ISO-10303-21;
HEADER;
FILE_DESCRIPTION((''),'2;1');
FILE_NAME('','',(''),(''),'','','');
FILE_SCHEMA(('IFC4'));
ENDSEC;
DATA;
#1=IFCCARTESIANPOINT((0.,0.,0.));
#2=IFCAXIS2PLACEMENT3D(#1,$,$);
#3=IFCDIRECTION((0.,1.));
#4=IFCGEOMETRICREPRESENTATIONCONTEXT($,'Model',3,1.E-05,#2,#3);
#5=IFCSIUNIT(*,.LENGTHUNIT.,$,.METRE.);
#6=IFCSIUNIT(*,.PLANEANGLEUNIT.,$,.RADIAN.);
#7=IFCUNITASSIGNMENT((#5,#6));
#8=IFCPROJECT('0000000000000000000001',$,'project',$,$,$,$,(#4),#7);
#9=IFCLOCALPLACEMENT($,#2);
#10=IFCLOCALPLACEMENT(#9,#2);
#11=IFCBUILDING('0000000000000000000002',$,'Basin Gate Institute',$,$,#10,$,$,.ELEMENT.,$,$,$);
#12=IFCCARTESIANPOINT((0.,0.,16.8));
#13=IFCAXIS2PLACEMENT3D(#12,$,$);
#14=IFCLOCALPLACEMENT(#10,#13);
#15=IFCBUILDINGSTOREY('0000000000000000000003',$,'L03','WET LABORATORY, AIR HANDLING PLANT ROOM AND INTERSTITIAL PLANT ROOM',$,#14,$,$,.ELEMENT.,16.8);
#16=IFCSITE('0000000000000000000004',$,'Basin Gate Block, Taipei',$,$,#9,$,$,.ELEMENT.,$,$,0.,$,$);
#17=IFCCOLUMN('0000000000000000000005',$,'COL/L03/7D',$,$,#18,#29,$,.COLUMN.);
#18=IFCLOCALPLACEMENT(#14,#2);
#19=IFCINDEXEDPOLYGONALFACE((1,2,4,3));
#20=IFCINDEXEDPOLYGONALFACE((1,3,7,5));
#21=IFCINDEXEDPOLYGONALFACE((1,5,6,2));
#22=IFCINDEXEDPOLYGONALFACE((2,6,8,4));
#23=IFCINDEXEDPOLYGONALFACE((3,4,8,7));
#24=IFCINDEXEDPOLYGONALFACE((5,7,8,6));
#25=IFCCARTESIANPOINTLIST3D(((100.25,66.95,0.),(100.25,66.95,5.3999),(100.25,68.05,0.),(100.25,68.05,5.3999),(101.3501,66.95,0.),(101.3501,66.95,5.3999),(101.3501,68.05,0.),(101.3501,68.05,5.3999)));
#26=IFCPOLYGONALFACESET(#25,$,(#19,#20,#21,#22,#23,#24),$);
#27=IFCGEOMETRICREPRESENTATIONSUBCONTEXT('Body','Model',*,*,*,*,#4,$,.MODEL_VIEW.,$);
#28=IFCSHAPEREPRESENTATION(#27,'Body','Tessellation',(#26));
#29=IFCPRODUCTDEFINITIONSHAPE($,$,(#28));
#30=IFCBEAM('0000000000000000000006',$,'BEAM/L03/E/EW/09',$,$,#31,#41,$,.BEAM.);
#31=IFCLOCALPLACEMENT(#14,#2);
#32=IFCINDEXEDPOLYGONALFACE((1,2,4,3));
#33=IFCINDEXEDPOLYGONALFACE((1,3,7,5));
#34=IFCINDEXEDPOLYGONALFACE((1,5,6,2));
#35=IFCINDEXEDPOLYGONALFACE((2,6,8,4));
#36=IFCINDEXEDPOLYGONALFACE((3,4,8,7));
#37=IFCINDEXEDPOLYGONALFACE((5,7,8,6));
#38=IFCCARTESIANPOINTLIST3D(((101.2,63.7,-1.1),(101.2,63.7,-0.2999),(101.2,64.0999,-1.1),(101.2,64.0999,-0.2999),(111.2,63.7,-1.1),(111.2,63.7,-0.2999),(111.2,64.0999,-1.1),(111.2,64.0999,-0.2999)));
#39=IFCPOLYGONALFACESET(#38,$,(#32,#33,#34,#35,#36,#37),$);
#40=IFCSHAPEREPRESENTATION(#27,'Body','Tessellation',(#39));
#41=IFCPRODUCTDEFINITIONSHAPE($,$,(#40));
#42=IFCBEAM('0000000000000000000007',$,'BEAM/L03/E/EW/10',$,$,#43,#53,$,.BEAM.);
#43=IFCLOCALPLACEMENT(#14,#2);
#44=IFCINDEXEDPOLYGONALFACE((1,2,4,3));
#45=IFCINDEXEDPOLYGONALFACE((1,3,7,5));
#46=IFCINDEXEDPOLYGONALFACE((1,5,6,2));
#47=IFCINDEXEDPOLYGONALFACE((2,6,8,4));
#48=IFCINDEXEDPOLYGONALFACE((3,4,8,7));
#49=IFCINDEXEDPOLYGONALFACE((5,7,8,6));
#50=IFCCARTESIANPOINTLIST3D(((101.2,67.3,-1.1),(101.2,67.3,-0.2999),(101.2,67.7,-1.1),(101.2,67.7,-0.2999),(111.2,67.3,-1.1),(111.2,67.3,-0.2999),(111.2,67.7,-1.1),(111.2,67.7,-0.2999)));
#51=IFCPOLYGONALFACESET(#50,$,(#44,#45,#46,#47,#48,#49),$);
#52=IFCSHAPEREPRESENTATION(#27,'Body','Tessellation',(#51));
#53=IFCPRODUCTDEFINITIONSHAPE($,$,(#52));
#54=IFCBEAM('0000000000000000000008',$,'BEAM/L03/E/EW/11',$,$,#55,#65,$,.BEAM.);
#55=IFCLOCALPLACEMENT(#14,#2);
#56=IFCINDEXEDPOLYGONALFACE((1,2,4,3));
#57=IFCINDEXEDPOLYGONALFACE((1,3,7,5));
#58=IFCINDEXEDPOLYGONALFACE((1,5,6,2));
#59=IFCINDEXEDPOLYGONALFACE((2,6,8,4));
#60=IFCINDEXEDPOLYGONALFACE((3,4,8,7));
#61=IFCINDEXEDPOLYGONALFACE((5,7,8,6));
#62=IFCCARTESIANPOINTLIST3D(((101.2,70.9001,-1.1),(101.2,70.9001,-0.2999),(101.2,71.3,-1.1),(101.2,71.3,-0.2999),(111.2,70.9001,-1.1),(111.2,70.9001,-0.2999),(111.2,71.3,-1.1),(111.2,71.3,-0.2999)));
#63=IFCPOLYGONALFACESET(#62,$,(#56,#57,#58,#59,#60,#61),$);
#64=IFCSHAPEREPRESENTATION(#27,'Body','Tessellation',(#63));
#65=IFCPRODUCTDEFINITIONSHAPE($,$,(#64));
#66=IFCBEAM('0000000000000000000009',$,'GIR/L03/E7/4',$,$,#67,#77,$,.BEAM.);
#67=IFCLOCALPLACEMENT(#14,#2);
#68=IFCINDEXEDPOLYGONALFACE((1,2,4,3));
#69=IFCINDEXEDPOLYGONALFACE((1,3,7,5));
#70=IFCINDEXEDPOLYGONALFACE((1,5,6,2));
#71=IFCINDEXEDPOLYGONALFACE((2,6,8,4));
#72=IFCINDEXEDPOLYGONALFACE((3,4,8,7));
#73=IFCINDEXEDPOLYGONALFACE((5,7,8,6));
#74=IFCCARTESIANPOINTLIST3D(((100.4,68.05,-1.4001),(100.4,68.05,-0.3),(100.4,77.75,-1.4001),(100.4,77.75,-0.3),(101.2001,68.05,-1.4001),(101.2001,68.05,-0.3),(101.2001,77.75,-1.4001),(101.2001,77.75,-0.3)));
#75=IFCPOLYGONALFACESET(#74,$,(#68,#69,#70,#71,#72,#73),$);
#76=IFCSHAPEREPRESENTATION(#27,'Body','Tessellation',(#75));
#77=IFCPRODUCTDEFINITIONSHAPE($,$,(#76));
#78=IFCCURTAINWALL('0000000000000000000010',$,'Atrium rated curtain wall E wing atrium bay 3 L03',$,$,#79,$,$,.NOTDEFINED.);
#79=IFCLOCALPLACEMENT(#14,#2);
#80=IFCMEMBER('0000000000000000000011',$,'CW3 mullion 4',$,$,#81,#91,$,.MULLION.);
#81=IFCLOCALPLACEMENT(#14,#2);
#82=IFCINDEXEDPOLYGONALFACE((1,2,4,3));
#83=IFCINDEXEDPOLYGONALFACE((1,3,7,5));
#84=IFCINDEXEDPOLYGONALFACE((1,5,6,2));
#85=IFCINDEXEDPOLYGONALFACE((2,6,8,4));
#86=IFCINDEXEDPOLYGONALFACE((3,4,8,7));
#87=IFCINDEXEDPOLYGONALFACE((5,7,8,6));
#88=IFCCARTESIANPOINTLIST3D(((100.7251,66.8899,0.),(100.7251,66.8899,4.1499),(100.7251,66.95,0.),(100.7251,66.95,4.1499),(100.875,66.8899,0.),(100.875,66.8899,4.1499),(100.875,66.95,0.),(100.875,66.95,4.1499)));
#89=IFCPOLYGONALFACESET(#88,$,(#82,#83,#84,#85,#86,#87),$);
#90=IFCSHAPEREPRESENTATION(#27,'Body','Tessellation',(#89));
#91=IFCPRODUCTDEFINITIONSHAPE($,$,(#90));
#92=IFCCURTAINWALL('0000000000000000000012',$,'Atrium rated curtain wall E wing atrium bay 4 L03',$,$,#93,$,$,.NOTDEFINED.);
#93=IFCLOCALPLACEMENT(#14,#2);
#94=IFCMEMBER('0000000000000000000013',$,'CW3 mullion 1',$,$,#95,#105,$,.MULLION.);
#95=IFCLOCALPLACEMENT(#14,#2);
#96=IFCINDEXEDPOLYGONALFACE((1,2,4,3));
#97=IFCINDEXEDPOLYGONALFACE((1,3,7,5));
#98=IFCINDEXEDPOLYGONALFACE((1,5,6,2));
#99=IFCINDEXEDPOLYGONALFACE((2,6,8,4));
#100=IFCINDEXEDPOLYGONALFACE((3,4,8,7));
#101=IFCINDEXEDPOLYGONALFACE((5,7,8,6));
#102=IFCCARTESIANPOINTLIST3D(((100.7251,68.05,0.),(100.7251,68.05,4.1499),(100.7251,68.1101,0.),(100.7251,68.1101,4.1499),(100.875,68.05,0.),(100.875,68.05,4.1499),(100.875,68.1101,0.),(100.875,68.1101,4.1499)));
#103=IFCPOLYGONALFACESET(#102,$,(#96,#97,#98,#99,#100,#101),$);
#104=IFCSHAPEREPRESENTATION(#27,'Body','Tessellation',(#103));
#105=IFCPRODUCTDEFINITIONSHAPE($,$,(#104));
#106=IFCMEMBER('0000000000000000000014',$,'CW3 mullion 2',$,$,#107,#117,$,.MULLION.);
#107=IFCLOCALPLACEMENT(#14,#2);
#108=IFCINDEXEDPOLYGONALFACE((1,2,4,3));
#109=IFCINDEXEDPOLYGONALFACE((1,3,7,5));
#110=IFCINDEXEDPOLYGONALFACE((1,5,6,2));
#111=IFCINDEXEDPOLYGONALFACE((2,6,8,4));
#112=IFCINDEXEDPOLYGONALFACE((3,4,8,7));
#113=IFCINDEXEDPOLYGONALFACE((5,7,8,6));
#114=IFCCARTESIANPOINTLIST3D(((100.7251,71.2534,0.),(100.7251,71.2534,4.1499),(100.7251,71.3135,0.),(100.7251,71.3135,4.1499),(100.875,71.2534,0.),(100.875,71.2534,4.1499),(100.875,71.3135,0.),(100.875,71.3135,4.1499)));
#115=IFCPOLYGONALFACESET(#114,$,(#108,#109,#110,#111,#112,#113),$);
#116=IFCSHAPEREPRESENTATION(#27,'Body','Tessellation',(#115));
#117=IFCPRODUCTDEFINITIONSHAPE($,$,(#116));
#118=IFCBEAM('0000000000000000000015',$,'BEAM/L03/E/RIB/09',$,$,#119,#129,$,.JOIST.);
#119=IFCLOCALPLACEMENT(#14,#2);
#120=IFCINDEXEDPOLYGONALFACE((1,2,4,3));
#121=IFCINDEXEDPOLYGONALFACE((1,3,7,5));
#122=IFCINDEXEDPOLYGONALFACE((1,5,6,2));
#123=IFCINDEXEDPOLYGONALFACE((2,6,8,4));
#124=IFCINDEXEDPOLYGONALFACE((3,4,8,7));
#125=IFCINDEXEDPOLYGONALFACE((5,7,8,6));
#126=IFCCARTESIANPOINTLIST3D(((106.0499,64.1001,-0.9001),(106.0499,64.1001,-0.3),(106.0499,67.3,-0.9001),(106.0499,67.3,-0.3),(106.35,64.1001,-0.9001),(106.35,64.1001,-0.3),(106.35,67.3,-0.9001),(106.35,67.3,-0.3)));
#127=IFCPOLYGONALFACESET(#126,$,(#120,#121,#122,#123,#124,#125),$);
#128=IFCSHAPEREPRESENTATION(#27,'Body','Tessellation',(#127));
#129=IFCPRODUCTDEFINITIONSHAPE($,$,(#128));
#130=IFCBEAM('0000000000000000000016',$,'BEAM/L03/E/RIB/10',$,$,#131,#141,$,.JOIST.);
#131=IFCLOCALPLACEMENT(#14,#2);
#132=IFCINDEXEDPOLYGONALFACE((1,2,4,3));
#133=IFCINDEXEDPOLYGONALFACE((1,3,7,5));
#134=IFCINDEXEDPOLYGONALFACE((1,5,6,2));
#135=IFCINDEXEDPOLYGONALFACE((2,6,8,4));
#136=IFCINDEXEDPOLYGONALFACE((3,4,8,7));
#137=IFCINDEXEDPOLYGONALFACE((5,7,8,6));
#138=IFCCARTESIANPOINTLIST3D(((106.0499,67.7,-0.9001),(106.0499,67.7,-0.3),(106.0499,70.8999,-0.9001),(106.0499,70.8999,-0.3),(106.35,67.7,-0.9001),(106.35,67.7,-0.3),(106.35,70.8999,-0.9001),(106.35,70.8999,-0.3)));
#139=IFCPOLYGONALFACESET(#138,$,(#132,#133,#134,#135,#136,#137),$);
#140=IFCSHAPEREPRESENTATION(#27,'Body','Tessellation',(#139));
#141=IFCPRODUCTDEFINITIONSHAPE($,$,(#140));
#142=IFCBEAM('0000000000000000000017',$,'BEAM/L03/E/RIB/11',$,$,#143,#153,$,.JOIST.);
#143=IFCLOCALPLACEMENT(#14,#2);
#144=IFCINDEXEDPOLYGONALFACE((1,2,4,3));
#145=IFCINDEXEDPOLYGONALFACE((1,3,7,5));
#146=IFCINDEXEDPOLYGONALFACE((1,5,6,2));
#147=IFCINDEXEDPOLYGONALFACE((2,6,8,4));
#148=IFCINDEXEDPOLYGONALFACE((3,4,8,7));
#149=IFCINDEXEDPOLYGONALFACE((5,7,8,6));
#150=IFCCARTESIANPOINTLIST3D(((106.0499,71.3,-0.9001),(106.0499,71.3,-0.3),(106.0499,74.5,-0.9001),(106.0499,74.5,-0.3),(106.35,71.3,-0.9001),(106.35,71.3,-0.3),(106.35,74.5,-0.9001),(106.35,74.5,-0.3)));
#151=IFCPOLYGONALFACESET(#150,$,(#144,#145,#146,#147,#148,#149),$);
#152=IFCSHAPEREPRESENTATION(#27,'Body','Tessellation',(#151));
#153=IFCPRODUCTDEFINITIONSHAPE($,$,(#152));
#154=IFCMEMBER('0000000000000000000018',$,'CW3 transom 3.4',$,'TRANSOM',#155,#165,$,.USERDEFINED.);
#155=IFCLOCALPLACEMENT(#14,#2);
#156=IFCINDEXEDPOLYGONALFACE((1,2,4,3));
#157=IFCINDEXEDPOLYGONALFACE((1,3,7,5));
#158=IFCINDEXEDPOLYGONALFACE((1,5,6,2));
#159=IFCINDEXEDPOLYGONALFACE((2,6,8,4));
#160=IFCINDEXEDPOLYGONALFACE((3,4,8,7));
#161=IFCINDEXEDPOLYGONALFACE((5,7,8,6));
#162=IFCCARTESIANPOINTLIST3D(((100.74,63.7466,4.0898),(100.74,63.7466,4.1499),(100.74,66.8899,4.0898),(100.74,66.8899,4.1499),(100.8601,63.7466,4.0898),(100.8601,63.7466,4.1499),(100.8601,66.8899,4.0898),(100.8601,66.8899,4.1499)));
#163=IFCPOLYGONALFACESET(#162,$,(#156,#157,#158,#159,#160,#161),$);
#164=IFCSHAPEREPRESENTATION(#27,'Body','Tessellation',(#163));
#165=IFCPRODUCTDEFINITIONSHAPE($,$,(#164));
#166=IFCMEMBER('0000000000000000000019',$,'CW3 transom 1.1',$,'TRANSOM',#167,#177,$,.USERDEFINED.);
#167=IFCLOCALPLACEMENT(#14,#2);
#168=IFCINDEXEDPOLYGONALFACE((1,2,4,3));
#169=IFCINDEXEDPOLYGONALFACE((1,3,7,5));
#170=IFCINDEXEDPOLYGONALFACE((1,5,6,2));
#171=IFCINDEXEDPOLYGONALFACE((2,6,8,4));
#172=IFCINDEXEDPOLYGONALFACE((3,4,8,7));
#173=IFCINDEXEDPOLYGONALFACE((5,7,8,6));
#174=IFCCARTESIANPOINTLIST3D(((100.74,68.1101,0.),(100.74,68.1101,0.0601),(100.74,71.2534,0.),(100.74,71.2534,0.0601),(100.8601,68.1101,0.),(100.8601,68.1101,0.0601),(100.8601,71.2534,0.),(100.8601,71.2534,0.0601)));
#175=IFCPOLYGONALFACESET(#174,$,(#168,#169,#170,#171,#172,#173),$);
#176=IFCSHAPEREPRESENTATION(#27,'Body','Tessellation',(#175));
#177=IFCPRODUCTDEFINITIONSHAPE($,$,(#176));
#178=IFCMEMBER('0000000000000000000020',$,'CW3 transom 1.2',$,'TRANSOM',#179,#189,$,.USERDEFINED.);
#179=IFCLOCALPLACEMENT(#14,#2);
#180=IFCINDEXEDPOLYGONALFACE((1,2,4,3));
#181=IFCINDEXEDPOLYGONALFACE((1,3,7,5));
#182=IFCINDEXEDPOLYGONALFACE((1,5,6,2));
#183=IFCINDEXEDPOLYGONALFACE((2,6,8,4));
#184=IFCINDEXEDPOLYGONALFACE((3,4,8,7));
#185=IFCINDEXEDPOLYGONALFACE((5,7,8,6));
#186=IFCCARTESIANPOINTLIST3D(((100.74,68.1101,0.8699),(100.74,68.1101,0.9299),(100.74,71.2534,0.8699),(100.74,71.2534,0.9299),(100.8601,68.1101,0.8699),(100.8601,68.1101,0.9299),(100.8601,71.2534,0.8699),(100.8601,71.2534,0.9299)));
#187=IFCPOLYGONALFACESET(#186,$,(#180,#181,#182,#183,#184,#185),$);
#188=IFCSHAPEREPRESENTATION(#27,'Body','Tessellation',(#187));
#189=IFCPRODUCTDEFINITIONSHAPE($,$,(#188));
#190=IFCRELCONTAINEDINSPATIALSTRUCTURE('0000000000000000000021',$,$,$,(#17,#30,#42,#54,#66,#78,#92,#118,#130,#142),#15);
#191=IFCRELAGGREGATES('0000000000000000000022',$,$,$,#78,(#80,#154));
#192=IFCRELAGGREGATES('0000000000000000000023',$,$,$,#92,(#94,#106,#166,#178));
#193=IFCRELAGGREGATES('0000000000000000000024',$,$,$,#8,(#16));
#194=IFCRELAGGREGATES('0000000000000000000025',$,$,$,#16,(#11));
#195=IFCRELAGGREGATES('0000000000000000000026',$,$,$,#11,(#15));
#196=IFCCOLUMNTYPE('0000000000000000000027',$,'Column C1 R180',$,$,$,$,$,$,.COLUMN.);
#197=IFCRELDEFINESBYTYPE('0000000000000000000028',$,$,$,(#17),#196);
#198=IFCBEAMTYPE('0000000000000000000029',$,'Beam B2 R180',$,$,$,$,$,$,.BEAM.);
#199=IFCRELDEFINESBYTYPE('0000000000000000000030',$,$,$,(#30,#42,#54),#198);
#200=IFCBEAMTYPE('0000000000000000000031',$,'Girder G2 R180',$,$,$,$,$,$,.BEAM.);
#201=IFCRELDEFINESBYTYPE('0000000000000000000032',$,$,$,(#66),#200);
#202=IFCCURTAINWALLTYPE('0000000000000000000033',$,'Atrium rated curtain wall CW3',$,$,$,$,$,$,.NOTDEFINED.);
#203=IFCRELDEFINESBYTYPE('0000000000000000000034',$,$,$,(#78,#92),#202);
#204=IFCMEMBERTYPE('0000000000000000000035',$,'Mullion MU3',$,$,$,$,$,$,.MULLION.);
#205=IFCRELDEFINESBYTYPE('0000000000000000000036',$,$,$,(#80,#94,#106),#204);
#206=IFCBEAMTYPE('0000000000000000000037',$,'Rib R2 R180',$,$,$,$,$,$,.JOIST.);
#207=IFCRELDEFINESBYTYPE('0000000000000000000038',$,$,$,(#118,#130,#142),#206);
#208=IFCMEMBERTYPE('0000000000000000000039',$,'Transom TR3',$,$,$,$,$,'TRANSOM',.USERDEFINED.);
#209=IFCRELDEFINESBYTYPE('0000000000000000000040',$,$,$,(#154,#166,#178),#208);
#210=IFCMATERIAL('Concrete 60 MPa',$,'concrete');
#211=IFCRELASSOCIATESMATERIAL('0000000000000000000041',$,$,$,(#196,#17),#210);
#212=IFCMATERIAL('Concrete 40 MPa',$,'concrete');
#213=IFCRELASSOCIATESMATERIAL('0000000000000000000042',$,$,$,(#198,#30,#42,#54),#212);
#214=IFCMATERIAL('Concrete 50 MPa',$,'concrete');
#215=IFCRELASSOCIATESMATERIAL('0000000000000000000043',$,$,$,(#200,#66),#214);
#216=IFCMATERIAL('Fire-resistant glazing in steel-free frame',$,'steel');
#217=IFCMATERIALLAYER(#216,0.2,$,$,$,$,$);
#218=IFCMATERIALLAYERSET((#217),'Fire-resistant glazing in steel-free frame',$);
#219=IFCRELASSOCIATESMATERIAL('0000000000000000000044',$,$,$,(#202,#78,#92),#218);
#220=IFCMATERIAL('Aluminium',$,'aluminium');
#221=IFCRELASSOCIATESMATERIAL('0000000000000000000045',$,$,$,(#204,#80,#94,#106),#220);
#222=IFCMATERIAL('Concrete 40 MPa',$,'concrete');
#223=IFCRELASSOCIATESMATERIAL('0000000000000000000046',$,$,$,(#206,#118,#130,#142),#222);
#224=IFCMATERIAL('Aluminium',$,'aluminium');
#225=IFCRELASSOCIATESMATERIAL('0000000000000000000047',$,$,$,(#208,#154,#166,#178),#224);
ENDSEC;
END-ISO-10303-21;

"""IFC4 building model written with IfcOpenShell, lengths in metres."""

from ifc_helpers import new_model, si_unit, direction, frame, origin, origin_2d, place, context, subcontext, project, spatial, rectangle, extrude, material, layer, layer_set, material_profile, profile_set, type_object, element, aggregate, save


model = new_model("IFC4")

# Units and contexts
model_context = context("Model", 3, precision=1e-05, world=origin(), true_north=direction((0.0, 1.0)))
body_context = subcontext(model_context, "Body", "Model", "MODEL_VIEW")
ifc_project = project(units=[si_unit("LENGTHUNIT", "METRE"), si_unit("PLANEANGLEUNIT", "RADIAN")], contexts=[model_context])

# Site, building, storey
site_placement = place(None, origin())
site = spatial("IfcSite", under=ifc_project, at=site_placement, Name="Basin Gate Block, Taipei", CompositionType="ELEMENT", RefElevation=0.0)
building_placement = place(site_placement, origin())
building = spatial("IfcBuilding", under=site, at=building_placement, Name="Basin Gate Institute", CompositionType="ELEMENT")
storey_placement = place(building_placement, frame((0.0, 0.0, 16.8)))
storey = spatial("IfcBuildingStorey", under=building, at=storey_placement, Name="L03", Description="WET LABORATORY, AIR HANDLING PLANT ROOM AND INTERSTITIAL PLANT ROOM", CompositionType="ELEMENT", Elevation=16.8)

# Column
ifc_material_1 = material(Name="Concrete 60 MPa", Category="concrete")
ifc_material_profile_1 = material_profile(ifc_material_1, rectangle(XDim=1.1001, YDim=1.1001, at=origin_2d()), Name="Column C1 1100 x 1100")
ifc_profile_set_1 = profile_set([ifc_material_profile_1], Name="Concrete 60 MPa")
column_type = type_object("IfcColumnType", Name="Column C1 R180", PredefinedType="COLUMN", material=ifc_profile_set_1)
column_placement = place(storey_placement, frame((100.8, 67.5, 0.0), z_axis=(0.0, 0.0, 1.0), x_axis=(1.0, 0.0, 0.0)))
element("IfcColumn", 1, at=column_placement, inside=storey, type_object=column_type, material=ifc_profile_set_1, Name="COL/L03/7D", PredefinedType="COLUMN", context=body_context, shape_type="SweptSolid", body=[
    extrude(rectangle(XDim=1.1001, YDim=1.1001, at=origin_2d()), origin(), (0.0, 0.0, 1.0), 5.3999),
])

# Beams
ifc_material_2 = material(Name="Concrete 40 MPa", Category="concrete")
ifc_material_profile_2 = material_profile(ifc_material_2, rectangle(XDim=0.3999, YDim=0.8, at=origin_2d()), Name="Beam B2 400 x 800")
ifc_profile_set_2 = profile_set([ifc_material_profile_2], Name="Concrete 40 MPa")
beam_type_1 = type_object("IfcBeamType", Name="Beam B2 R180", PredefinedType="BEAM", material=ifc_profile_set_2)
for number, where, z_axis, x_axis, name in (
    (2, (111.2, 63.8999, -0.7), (-1.0, 0.0, 0.0), (0.0, -1.0, 0.0), "BEAM/L03/E/EW/09"),
    (3, (111.2, 67.5, -0.7), (-1.0, 0.0, 0.0), (0.0, -1.0, 0.0), "BEAM/L03/E/EW/10"),
    (4, (111.2, 71.1001, -0.7), (-1.0, 0.0, 0.0), (0.0, -1.0, 0.0), "BEAM/L03/E/EW/11"),
):
    element("IfcBeam", number, at=place(storey_placement, frame(where, z_axis=z_axis, x_axis=x_axis)), inside=storey, type_object=beam_type_1, material=ifc_profile_set_2, Name=name, PredefinedType="BEAM", context=body_context, shape_type="SweptSolid", body=[
        extrude(rectangle(XDim=0.3999, YDim=0.8, at=origin_2d()), origin(), (0.0, 0.0, 1.0), 10.0),
    ])
ifc_material_3 = material(Name="Concrete 50 MPa", Category="concrete")
ifc_material_profile_3 = material_profile(ifc_material_3, rectangle(XDim=0.8, YDim=1.1001, at=origin_2d()), Name="Girder G2 800 x 1100")
ifc_profile_set_3 = profile_set([ifc_material_profile_3], Name="Concrete 50 MPa")
beam_type_2 = type_object("IfcBeamType", Name="Girder G2 R180", PredefinedType="BEAM", material=ifc_profile_set_3)
beam_placement = place(storey_placement, frame((100.8, 68.05, -0.8501), z_axis=(0.0, 1.0, 0.0), x_axis=(-1.0, 0.0, 0.0)))
element("IfcBeam", 5, at=beam_placement, inside=storey, type_object=beam_type_2, material=ifc_profile_set_3, Name="GIR/L03/E7/4", PredefinedType="BEAM", context=body_context, shape_type="SweptSolid", body=[
    extrude(rectangle(XDim=0.8, YDim=1.1001, at=origin_2d()), origin(), (0.0, 0.0, 1.0), 9.7),
])

# Curtain wall, member
ifc_material_4 = material(Name="Fire-resistant glazing in steel-free frame", Category="steel")
ifc_layer_1 = layer(ifc_material_4, 0.2)
ifc_layer_set_1 = layer_set([ifc_layer_1], Name="Fire-resistant glazing in steel-free frame")
curtain_wall_type = type_object("IfcCurtainWallType", Name="Atrium rated curtain wall CW3", PredefinedType="NOTDEFINED", material=ifc_layer_set_1)
curtain_wall_1_placement = place(storey_placement, origin())
curtain_wall_1 = element("IfcCurtainWall", 6, at=curtain_wall_1_placement, inside=storey, type_object=curtain_wall_type, material=ifc_layer_set_1, Name="Atrium rated curtain wall E wing atrium bay 3 L03", PredefinedType="NOTDEFINED")
ifc_material_5 = material(Name="Aluminium", Category="aluminium")
ifc_material_profile_4 = material_profile(ifc_material_5, rectangle(XDim=0.1499, YDim=0.0601, at=origin_2d()), Name="Mullion MU3 150 x 60")
ifc_profile_set_4 = profile_set([ifc_material_profile_4], Name="Aluminium")
member_type_1 = type_object("IfcMemberType", Name="Mullion MU3", PredefinedType="MULLION", material=ifc_profile_set_4)
member_1_placement = place(storey_placement, frame((100.8, 66.9199, 0.0), z_axis=(0.0, 0.0, 1.0), x_axis=(-1.0, 0.0, 0.0)))
member_1 = element("IfcMember", 7, at=member_1_placement, type_object=member_type_1, material=ifc_profile_set_4, Name="CW3 mullion 4", PredefinedType="MULLION", context=body_context, shape_type="SweptSolid", body=[
    extrude(rectangle(XDim=0.1499, YDim=0.0601, at=origin_2d()), origin(), (0.0, 0.0, 1.0), 4.1499),
])

# Curtain wall, members
curtain_wall_2_placement = place(storey_placement, origin())
curtain_wall_2 = element("IfcCurtainWall", 8, at=curtain_wall_2_placement, inside=storey, type_object=curtain_wall_type, material=ifc_layer_set_1, Name="Atrium rated curtain wall E wing atrium bay 4 L03", PredefinedType="NOTDEFINED")
member_2_placement = place(storey_placement, frame((100.8, 68.0801, 0.0), z_axis=(0.0, 0.0, 1.0), x_axis=(-1.0, 0.0, 0.0)))
member_2 = element("IfcMember", 9, at=member_2_placement, type_object=member_type_1, material=ifc_profile_set_4, Name="CW3 mullion 1", PredefinedType="MULLION", context=body_context, shape_type="SweptSolid", body=[
    extrude(rectangle(XDim=0.1499, YDim=0.0601, at=origin_2d()), origin(), (0.0, 0.0, 1.0), 4.1499),
])
member_3_placement = place(storey_placement, frame((100.8, 71.2834, 0.0), z_axis=(0.0, 0.0, 1.0), x_axis=(-1.0, 0.0, 0.0)))
member_3 = element("IfcMember", 10, at=member_3_placement, type_object=member_type_1, material=ifc_profile_set_4, Name="CW3 mullion 2", PredefinedType="MULLION", context=body_context, shape_type="SweptSolid", body=[
    extrude(rectangle(XDim=0.1499, YDim=0.0601, at=origin_2d()), origin(), (0.0, 0.0, 1.0), 4.1499),
])

# Beams
ifc_material_6 = material(Name="Concrete 40 MPa", Category="concrete")
ifc_material_profile_5 = material_profile(ifc_material_6, rectangle(XDim=0.3, YDim=0.6001, at=origin_2d()), Name="Rib R2 300 x 600")
ifc_profile_set_5 = profile_set([ifc_material_profile_5], Name="Concrete 40 MPa")
beam_type_3 = type_object("IfcBeamType", Name="Rib R2 R180", PredefinedType="JOIST", material=ifc_profile_set_5)
for number, where, z_axis, x_axis, name in (
    (11, (106.2, 64.1001, -0.6001), (0.0, 1.0, 0.0), (-1.0, 0.0, 0.0), "BEAM/L03/E/RIB/09"),
    (12, (106.2, 67.7, -0.6001), (0.0, 1.0, 0.0), (-1.0, 0.0, 0.0), "BEAM/L03/E/RIB/10"),
    (13, (106.2, 71.3, -0.6001), (0.0, 1.0, 0.0), (-1.0, 0.0, 0.0), "BEAM/L03/E/RIB/11"),
):
    element("IfcBeam", number, at=place(storey_placement, frame(where, z_axis=z_axis, x_axis=x_axis)), inside=storey, type_object=beam_type_3, material=ifc_profile_set_5, Name=name, PredefinedType="JOIST", context=body_context, shape_type="SweptSolid", body=[
        extrude(rectangle(XDim=0.3, YDim=0.6001, at=origin_2d()), origin(), (0.0, 0.0, 1.0), 3.2),
    ])

# Members
ifc_material_7 = material(Name="Aluminium", Category="aluminium")
ifc_material_profile_6 = material_profile(ifc_material_7, rectangle(XDim=0.1201, YDim=0.0601, at=origin_2d()), Name="Transom TR3 120 x 60")
ifc_profile_set_6 = profile_set([ifc_material_profile_6], Name="Aluminium")
member_type_2 = type_object("IfcMemberType", Name="Transom TR3", ElementType="TRANSOM", PredefinedType="USERDEFINED", material=ifc_profile_set_6)
member_4_placement = place(storey_placement, frame((100.8, 63.7466, 4.1199), z_axis=(0.0, 1.0, 0.0), x_axis=(-1.0, 0.0, 0.0)))
member_4 = element("IfcMember", 14, at=member_4_placement, type_object=member_type_2, material=ifc_profile_set_6, Name="CW3 transom 3.4", ObjectType="TRANSOM", PredefinedType="USERDEFINED", context=body_context, shape_type="SweptSolid", body=[
    extrude(rectangle(XDim=0.1201, YDim=0.0601, at=origin_2d()), origin(), (0.0, 0.0, 1.0), 3.1433),
])
member_5_placement = place(storey_placement, frame((100.8, 68.1101, 0.03), z_axis=(0.0, 1.0, 0.0), x_axis=(-1.0, 0.0, 0.0)))
member_5 = element("IfcMember", 15, at=member_5_placement, type_object=member_type_2, material=ifc_profile_set_6, Name="CW3 transom 1.1", ObjectType="TRANSOM", PredefinedType="USERDEFINED", context=body_context, shape_type="SweptSolid", body=[
    extrude(rectangle(XDim=0.1201, YDim=0.0601, at=origin_2d()), origin(), (0.0, 0.0, 1.0), 3.1433),
])
member_6_placement = place(storey_placement, frame((100.8, 68.1101, 0.8999), z_axis=(0.0, 1.0, 0.0), x_axis=(-1.0, 0.0, 0.0)))
member_6 = element("IfcMember", 16, at=member_6_placement, type_object=member_type_2, material=ifc_profile_set_6, Name="CW3 transom 1.2", ObjectType="TRANSOM", PredefinedType="USERDEFINED", context=body_context, shape_type="SweptSolid", body=[
    extrude(rectangle(XDim=0.1201, YDim=0.0601, at=origin_2d()), origin(), (0.0, 0.0, 1.0), 3.1433),
])

aggregate(curtain_wall_1, [member_1, member_4])
aggregate(curtain_wall_2, [member_2, member_3, member_5, member_6])

save(model, "model.ifc")
